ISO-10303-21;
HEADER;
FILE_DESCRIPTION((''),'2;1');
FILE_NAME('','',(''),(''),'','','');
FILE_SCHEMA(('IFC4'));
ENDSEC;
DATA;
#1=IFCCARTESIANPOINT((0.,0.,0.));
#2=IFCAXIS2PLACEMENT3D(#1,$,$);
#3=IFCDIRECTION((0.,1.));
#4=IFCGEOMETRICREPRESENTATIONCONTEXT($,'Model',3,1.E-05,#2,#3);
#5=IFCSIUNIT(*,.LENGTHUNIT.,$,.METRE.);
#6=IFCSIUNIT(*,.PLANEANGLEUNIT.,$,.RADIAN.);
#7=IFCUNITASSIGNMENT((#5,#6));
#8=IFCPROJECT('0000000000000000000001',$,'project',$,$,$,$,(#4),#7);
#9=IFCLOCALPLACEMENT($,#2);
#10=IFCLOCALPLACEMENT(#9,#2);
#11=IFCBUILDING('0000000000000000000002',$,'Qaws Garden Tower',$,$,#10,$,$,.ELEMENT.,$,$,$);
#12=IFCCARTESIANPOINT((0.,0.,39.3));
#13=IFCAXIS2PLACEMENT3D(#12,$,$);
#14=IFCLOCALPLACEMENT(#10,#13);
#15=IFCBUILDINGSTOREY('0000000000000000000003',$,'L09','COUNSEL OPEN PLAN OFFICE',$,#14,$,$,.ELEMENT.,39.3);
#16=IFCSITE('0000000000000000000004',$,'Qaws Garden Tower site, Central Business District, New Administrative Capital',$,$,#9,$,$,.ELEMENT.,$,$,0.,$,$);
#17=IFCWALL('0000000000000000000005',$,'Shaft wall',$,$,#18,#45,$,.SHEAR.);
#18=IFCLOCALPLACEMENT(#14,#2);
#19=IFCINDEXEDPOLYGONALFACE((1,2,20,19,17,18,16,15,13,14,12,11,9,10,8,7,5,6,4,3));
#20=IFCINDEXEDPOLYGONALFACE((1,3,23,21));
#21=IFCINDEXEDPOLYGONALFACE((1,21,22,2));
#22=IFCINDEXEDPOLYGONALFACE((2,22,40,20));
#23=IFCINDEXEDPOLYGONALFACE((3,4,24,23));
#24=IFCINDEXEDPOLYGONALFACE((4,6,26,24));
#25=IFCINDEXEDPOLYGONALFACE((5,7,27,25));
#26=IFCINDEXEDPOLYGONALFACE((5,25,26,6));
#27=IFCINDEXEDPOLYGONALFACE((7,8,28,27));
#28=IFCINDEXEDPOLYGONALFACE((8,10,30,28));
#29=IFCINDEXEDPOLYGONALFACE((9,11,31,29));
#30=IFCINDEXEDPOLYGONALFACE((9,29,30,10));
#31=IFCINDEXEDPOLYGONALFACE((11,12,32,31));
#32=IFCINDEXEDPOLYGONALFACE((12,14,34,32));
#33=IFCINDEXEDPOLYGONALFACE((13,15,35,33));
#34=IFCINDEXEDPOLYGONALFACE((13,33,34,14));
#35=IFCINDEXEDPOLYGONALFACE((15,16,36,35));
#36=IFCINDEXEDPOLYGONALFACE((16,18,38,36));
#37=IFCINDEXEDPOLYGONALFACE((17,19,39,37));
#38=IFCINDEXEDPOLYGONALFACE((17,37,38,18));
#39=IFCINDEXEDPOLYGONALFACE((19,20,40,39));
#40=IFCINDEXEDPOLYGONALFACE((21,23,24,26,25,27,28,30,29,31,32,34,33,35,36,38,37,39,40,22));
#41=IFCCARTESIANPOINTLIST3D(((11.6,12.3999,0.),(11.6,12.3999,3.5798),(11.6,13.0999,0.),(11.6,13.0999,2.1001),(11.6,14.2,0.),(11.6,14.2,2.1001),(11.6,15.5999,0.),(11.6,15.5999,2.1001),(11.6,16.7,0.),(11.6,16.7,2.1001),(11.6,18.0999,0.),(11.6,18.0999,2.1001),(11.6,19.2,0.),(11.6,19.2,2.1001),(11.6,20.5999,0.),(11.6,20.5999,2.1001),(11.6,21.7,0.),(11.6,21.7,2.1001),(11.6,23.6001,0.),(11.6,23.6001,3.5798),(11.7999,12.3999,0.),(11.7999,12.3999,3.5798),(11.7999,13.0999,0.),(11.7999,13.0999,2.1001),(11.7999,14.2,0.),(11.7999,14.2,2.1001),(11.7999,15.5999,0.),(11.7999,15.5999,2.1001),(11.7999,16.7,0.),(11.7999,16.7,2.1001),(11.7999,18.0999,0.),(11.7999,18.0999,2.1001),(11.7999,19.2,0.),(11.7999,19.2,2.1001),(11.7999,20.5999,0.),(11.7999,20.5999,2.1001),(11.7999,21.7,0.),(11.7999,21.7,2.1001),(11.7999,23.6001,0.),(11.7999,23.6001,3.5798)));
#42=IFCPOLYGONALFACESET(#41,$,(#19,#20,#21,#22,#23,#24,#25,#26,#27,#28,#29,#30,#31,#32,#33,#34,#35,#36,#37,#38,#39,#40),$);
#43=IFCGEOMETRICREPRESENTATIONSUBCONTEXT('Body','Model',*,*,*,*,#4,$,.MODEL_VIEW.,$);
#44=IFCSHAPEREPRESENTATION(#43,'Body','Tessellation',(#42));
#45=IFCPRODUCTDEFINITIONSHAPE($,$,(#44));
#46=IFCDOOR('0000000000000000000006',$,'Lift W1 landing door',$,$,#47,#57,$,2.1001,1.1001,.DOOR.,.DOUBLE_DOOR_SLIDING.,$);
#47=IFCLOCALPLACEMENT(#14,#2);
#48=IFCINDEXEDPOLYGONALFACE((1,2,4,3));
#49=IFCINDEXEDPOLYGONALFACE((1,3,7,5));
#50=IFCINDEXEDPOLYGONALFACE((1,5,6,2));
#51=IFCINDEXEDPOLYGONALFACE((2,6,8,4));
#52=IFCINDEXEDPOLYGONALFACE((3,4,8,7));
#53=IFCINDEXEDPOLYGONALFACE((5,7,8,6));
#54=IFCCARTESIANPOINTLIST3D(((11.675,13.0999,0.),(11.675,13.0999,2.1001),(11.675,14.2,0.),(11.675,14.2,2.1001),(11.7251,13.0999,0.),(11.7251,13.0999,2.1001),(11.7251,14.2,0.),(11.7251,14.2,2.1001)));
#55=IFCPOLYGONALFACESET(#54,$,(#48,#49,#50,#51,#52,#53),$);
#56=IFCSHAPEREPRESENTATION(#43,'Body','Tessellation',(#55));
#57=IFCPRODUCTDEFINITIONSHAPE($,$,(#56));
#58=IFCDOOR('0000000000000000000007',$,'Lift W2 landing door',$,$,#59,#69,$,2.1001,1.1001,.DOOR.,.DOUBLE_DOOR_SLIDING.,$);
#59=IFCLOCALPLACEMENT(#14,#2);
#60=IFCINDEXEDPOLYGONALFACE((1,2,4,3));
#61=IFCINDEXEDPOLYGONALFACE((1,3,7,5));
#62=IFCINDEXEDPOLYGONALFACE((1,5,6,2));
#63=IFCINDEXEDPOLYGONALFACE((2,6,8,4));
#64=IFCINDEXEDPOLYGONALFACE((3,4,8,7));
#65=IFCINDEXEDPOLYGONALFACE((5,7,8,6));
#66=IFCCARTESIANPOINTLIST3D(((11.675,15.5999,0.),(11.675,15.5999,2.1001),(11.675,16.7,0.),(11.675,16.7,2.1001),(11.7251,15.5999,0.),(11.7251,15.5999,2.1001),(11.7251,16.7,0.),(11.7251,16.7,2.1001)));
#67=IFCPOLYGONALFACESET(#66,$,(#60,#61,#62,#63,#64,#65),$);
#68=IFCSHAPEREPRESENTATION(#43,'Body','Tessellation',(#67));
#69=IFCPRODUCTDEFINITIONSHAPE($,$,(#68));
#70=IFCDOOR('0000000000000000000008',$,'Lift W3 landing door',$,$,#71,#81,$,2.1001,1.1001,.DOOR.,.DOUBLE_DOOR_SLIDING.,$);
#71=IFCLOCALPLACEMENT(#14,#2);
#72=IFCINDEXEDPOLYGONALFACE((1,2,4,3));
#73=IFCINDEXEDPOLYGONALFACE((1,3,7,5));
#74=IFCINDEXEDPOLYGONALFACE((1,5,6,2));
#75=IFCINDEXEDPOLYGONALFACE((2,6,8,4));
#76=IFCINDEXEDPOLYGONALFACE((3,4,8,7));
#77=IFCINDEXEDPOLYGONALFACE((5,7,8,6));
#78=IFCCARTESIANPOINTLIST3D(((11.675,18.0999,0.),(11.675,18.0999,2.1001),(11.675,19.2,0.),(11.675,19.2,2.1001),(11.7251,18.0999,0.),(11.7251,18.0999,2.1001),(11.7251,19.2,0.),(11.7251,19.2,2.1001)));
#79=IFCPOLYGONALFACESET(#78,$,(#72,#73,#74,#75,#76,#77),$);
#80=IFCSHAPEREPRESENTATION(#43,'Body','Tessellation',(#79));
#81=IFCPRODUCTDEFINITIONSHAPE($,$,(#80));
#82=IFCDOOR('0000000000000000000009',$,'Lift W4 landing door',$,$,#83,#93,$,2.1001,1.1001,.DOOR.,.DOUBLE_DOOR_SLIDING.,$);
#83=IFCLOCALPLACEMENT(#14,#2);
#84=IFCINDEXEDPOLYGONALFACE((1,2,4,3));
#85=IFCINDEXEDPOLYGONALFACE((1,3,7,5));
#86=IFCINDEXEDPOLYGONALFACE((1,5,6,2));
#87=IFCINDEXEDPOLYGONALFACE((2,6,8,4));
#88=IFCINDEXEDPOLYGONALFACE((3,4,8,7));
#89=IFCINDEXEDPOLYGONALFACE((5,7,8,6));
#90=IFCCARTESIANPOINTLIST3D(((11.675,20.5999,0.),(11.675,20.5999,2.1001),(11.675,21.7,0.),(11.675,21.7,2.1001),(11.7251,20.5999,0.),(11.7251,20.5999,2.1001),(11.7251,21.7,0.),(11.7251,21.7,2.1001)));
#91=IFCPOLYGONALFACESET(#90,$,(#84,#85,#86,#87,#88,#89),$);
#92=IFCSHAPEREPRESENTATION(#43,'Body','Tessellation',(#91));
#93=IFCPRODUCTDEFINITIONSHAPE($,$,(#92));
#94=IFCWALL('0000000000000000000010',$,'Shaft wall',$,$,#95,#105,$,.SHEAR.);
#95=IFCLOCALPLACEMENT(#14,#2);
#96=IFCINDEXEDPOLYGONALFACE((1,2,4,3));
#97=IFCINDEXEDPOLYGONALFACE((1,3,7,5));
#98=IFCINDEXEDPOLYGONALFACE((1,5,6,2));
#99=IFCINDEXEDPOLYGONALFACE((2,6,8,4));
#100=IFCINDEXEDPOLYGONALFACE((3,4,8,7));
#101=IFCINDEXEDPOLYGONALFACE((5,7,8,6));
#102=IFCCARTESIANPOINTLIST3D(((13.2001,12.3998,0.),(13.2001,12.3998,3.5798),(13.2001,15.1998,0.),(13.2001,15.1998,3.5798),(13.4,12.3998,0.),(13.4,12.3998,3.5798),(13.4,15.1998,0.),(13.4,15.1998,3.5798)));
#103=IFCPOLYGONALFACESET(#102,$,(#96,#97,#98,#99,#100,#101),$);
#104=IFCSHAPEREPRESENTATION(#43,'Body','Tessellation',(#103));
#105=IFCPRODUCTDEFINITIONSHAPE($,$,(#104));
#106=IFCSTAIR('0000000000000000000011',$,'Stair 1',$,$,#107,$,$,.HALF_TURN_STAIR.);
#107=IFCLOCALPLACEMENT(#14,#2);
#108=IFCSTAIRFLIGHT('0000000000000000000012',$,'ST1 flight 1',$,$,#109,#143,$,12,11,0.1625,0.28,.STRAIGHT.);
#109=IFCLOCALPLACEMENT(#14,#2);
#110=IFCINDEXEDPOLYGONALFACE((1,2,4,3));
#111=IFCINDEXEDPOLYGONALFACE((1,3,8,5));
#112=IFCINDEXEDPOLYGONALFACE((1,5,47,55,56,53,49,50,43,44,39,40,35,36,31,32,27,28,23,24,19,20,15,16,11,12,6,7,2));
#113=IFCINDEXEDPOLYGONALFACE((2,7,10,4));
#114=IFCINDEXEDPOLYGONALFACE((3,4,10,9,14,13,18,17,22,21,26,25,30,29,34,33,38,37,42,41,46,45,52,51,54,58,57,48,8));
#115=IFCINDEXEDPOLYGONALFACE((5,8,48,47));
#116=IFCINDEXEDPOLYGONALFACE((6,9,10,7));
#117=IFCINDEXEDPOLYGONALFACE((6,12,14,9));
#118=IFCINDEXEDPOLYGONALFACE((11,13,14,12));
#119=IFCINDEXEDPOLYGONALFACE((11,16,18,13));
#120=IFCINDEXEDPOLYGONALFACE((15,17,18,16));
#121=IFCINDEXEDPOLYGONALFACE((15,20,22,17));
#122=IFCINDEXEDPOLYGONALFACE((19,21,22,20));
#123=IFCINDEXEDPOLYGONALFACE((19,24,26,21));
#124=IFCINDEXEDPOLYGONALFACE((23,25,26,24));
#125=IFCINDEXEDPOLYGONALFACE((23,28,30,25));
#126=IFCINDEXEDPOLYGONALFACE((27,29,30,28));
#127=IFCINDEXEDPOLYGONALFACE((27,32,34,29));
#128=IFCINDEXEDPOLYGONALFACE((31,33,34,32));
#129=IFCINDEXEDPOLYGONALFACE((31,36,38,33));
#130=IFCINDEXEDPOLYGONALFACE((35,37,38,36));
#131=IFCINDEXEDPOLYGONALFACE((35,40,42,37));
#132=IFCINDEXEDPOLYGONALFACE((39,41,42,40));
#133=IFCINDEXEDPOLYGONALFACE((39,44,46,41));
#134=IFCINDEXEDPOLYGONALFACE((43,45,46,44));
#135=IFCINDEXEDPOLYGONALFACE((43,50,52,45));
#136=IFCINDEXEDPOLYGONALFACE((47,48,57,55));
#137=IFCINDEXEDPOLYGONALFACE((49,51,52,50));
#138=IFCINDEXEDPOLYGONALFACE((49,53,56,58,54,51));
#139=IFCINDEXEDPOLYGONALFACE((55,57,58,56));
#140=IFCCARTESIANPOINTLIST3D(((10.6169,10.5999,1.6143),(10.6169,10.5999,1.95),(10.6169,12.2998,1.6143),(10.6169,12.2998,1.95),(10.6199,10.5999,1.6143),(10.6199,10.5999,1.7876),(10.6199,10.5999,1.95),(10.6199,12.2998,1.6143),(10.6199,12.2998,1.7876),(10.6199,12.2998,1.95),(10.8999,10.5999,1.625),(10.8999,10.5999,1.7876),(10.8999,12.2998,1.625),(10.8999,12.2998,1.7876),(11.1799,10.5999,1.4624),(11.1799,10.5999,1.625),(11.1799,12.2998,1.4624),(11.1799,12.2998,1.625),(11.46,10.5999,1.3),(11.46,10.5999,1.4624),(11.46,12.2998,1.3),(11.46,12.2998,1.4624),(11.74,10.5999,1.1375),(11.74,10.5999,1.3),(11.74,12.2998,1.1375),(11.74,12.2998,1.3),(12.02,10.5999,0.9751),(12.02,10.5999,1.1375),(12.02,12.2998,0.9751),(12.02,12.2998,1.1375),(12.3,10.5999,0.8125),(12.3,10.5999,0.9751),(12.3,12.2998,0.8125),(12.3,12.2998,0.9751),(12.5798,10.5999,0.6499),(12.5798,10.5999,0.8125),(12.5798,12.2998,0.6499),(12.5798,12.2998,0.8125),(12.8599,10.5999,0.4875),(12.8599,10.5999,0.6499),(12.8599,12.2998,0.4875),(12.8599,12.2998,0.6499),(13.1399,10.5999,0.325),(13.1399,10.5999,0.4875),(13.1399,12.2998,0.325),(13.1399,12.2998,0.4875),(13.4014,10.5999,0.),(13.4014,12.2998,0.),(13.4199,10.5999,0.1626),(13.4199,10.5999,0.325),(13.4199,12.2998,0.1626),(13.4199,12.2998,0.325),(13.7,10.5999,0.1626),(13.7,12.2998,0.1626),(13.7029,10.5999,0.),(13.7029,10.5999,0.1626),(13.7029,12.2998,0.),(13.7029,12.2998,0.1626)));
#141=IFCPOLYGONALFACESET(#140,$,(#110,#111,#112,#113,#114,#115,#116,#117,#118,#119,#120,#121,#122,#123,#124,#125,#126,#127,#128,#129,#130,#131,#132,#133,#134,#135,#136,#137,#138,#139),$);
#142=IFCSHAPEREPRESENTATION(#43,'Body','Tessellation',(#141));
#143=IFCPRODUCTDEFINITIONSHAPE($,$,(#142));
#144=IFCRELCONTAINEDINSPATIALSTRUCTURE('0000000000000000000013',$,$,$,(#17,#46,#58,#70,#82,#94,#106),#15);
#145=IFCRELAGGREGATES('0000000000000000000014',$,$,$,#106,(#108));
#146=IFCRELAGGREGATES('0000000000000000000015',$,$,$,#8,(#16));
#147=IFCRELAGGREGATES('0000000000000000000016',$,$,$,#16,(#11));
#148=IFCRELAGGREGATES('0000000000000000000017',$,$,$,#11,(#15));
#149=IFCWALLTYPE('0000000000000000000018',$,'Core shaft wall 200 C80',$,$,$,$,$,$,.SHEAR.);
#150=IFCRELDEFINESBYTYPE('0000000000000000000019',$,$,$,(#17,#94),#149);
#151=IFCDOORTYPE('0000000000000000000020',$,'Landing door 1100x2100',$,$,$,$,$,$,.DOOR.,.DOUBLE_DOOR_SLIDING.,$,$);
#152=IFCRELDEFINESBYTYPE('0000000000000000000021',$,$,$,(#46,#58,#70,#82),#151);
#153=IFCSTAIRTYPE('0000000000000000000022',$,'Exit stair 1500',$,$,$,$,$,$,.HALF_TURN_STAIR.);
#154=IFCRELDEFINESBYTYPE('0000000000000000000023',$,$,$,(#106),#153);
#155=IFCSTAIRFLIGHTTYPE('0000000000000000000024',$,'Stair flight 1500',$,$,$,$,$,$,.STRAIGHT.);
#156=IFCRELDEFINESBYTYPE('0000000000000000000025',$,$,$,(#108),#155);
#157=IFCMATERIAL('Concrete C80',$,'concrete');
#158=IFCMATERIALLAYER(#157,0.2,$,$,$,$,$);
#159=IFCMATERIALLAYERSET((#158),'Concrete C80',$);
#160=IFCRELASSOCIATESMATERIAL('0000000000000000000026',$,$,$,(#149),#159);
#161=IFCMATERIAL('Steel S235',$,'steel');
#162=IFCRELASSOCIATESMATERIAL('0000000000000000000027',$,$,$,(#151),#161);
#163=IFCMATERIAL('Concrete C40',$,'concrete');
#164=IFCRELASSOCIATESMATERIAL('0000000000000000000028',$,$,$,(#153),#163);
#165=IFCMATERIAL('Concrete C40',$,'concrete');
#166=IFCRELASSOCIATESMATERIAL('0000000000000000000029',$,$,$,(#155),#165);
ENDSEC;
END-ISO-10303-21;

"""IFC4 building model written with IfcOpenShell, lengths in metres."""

from ifc_helpers import new_model, si_unit, direction, frame, frame_2d, origin, place, context, subcontext, project, spatial, polyline, rectangle, outline, extrude, material, layer, layer_set, type_object, element, fill, aggregate, save


model = new_model("IFC4")

# Units and contexts
model_context = context("Model", 3, precision=1e-05, world=origin(), true_north=direction((0.0, 1.0)))
body_context = subcontext(model_context, "Body", "Model", "MODEL_VIEW")
ifc_project = project(units=[si_unit("LENGTHUNIT", "METRE"), si_unit("PLANEANGLEUNIT", "RADIAN")], contexts=[model_context])

# Site, building, storey
site_placement = place(None, origin())
site = spatial("IfcSite", under=ifc_project, at=site_placement, Name="Qaws Garden Tower site, Central Business District, New Administrative Capital", CompositionType="ELEMENT", RefElevation=0.0)
building_placement = place(site_placement, origin())
building = spatial("IfcBuilding", under=site, at=building_placement, Name="Qaws Garden Tower", CompositionType="ELEMENT")
storey_placement = place(building_placement, frame((0.0, 0.0, 39.3)))
storey = spatial("IfcBuildingStorey", under=building, at=storey_placement, Name="L09", Description="COUNSEL OPEN PLAN OFFICE", CompositionType="ELEMENT", Elevation=39.3)

# Shared definitions
ifc_material_1 = material(Name="Concrete C80", Category="concrete")
ifc_layer_1 = layer(ifc_material_1, 0.2)
ifc_layer_set_1 = layer_set([ifc_layer_1], Name="Concrete C80")
wall_type_1 = type_object("IfcWallType", Name="Core shaft wall 200 C80", PredefinedType="SHEAR", material=ifc_layer_set_1)

# Shared definitions
ifc_material_2 = material(Name="Steel S235", Category="steel")
door_type_1 = type_object("IfcDoorType", Name="Landing door 1100x2100", OperationType="DOUBLE_DOOR_SLIDING", PredefinedType="DOOR", material=ifc_material_2)

# Wall, openings, doors
wall_1_placement = place(storey_placement, frame((11.7, 12.3999, 0.0), z_axis=(0.0, 0.0, 1.0), x_axis=(0.0, 1.0, 0.0)))
wall_1 = element("IfcWall", 1, at=wall_1_placement, inside=storey, type_object=wall_type_1, Name="Shaft wall", PredefinedType="SHEAR", context=body_context, shape_type="SweptSolid", body=[
    extrude(rectangle(XDim=11.2002, YDim=0.2, at=frame_2d((5.6001, 0.0))), origin(), (0.0, 0.0, 1.0), 3.5798),
])
opening_1_placement = place(wall_1_placement, frame((0.7, 0.0, 0.0)))
opening_1 = element("IfcOpeningElement", 2, at=opening_1_placement, cuts=wall_1, PredefinedType="OPENING", context=body_context, shape_type="SweptSolid", body=[
    extrude(rectangle(XDim=1.1001, YDim=2.1001, at=frame_2d((0.55, 1.05))), frame((0.0, 0.1099, 0.0), z_axis=(0.0, -1.0, 0.0), x_axis=(1.0, 0.0, 0.0)), (0.0, 0.0, 1.0), 0.22),
])
opening_2_placement = place(wall_1_placement, frame((3.2, 0.0, 0.0)))
opening_2 = element("IfcOpeningElement", 3, at=opening_2_placement, cuts=wall_1, PredefinedType="OPENING", context=body_context, shape_type="SweptSolid", body=[
    extrude(rectangle(XDim=1.1001, YDim=2.1001, at=frame_2d((0.55, 1.05))), frame((0.0, 0.1099, 0.0), z_axis=(0.0, -1.0, 0.0), x_axis=(1.0, 0.0, 0.0)), (0.0, 0.0, 1.0), 0.22),
])
opening_3_placement = place(wall_1_placement, frame((5.7, 0.0, 0.0)))
opening_3 = element("IfcOpeningElement", 4, at=opening_3_placement, cuts=wall_1, PredefinedType="OPENING", context=body_context, shape_type="SweptSolid", body=[
    extrude(rectangle(XDim=1.1001, YDim=2.1001, at=frame_2d((0.55, 1.05))), frame((0.0, 0.1099, 0.0), z_axis=(0.0, -1.0, 0.0), x_axis=(1.0, 0.0, 0.0)), (0.0, 0.0, 1.0), 0.22),
])
opening_4_placement = place(wall_1_placement, frame((8.2, 0.0, 0.0)))
opening_4 = element("IfcOpeningElement", 5, at=opening_4_placement, cuts=wall_1, PredefinedType="OPENING", context=body_context, shape_type="SweptSolid", body=[
    extrude(rectangle(XDim=1.1001, YDim=2.1001, at=frame_2d((0.55, 1.05))), frame((0.0, 0.1099, 0.0), z_axis=(0.0, -1.0, 0.0), x_axis=(1.0, 0.0, 0.0)), (0.0, 0.0, 1.0), 0.22),
])
door_1_placement = place(opening_1_placement, origin())
door_1 = element("IfcDoor", 6, at=door_1_placement, inside=storey, type_object=door_type_1, Name="Lift W1 landing door", OperationType="DOUBLE_DOOR_SLIDING", OverallHeight=2.1001, OverallWidth=1.1001, PredefinedType="DOOR", context=body_context, shape_type="SweptSolid", body=[
    extrude(rectangle(XDim=1.1001, YDim=2.1001, at=frame_2d((0.55, 1.05))), frame((0.0, 0.0249, 0.0), z_axis=(0.0, -1.0, 0.0), x_axis=(1.0, 0.0, 0.0)), (0.0, 0.0, 1.0), 0.05),
])
fill(opening_1, door_1)
door_2_placement = place(opening_2_placement, origin())
door_2 = element("IfcDoor", 7, at=door_2_placement, inside=storey, type_object=door_type_1, Name="Lift W2 landing door", OperationType="DOUBLE_DOOR_SLIDING", OverallHeight=2.1001, OverallWidth=1.1001, PredefinedType="DOOR", context=body_context, shape_type="SweptSolid", body=[
    extrude(rectangle(XDim=1.1001, YDim=2.1001, at=frame_2d((0.55, 1.05))), frame((0.0, 0.0249, 0.0), z_axis=(0.0, -1.0, 0.0), x_axis=(1.0, 0.0, 0.0)), (0.0, 0.0, 1.0), 0.05),
])
fill(opening_2, door_2)
door_3_placement = place(opening_3_placement, origin())
door_3 = element("IfcDoor", 8, at=door_3_placement, inside=storey, type_object=door_type_1, Name="Lift W3 landing door", OperationType="DOUBLE_DOOR_SLIDING", OverallHeight=2.1001, OverallWidth=1.1001, PredefinedType="DOOR", context=body_context, shape_type="SweptSolid", body=[
    extrude(rectangle(XDim=1.1001, YDim=2.1001, at=frame_2d((0.55, 1.05))), frame((0.0, 0.0249, 0.0), z_axis=(0.0, -1.0, 0.0), x_axis=(1.0, 0.0, 0.0)), (0.0, 0.0, 1.0), 0.05),
])
fill(opening_3, door_3)
door_4_placement = place(opening_4_placement, origin())
door_4 = element("IfcDoor", 9, at=door_4_placement, inside=storey, type_object=door_type_1, Name="Lift W4 landing door", OperationType="DOUBLE_DOOR_SLIDING", OverallHeight=2.1001, OverallWidth=1.1001, PredefinedType="DOOR", context=body_context, shape_type="SweptSolid", body=[
    extrude(rectangle(XDim=1.1001, YDim=2.1001, at=frame_2d((0.55, 1.05))), frame((0.0, 0.0249, 0.0), z_axis=(0.0, -1.0, 0.0), x_axis=(1.0, 0.0, 0.0)), (0.0, 0.0, 1.0), 0.05),
])
fill(opening_4, door_4)

# Wall
wall_2_placement = place(storey_placement, frame((13.3, 12.3999, 0.0), z_axis=(0.0, 0.0, 1.0), x_axis=(0.0, 1.0, 0.0)))
element("IfcWall", 10, at=wall_2_placement, inside=storey, type_object=wall_type_1, Name="Shaft wall", PredefinedType="SHEAR", context=body_context, shape_type="SweptSolid", body=[
    extrude(rectangle(XDim=2.8, YDim=0.2, at=frame_2d((1.3999, 0.0))), origin(), (0.0, 0.0, 1.0), 3.5798),
])

# Stair, stair flight
ifc_material_3 = material(Name="Concrete C40", Category="concrete")
stair_type = type_object("IfcStairType", Name="Exit stair 1500", PredefinedType="HALF_TURN_STAIR", material=ifc_material_3)
stair_placement = place(storey_placement, origin())
stair = element("IfcStair", 11, at=stair_placement, inside=storey, type_object=stair_type, Name="Stair 1", PredefinedType="HALF_TURN_STAIR")
ifc_material_4 = material(Name="Concrete C40", Category="concrete")
stair_flight_type = type_object("IfcStairFlightType", Name="Stair flight 1500", PredefinedType="STRAIGHT", material=ifc_material_4)
stair_flight_placement = place(storey_placement, frame((13.7, 11.45, 0.0), z_axis=(0.0, 0.0, 1.0), x_axis=(-1.0, 0.0, 0.0)))
stair_flight = element("IfcStairFlight", 12, at=stair_flight_placement, type_object=stair_flight_type, Name="ST1 flight 1", NumberOfRisers=12, NumberOfTreads=11, PredefinedType="STRAIGHT", RiserHeight=0.1625, TreadLength=0.28, context=body_context, shape_type="SweptSolid", body=[
    extrude(outline(polyline([(-0.0029, 0.0), (-0.0029, 0.1626), (0.0, 0.1626), (0.28, 0.1626), (0.28, 0.325), (0.5601, 0.325), (0.5601, 0.4875), (0.8401, 0.4875), (0.8401, 0.6499), (1.1201, 0.6499), (1.1201, 0.8125), (1.3999, 0.8125), (1.3999, 0.9751), (1.6799, 0.9751), (1.6799, 1.1375), (1.96, 1.1375), (1.96, 1.3), (2.24, 1.3), (2.24, 1.4624), (2.52, 1.4624), (2.52, 1.625), (2.8, 1.625), (2.8, 1.7876), (3.0801, 1.7876), (3.0801, 1.95), (3.083, 1.95), (3.083, 1.6143), (3.0801, 1.6143), (0.2986, 0.0), (-0.0029, 0.0)])), frame((0.0, 0.8501, 0.0), z_axis=(0.0, -1.0, 0.0), x_axis=(1.0, 0.0, 0.0)), (0.0, 0.0, 1.0), 1.7),
])
aggregate(stair, [stair_flight])

save(model, "model.ifc")
